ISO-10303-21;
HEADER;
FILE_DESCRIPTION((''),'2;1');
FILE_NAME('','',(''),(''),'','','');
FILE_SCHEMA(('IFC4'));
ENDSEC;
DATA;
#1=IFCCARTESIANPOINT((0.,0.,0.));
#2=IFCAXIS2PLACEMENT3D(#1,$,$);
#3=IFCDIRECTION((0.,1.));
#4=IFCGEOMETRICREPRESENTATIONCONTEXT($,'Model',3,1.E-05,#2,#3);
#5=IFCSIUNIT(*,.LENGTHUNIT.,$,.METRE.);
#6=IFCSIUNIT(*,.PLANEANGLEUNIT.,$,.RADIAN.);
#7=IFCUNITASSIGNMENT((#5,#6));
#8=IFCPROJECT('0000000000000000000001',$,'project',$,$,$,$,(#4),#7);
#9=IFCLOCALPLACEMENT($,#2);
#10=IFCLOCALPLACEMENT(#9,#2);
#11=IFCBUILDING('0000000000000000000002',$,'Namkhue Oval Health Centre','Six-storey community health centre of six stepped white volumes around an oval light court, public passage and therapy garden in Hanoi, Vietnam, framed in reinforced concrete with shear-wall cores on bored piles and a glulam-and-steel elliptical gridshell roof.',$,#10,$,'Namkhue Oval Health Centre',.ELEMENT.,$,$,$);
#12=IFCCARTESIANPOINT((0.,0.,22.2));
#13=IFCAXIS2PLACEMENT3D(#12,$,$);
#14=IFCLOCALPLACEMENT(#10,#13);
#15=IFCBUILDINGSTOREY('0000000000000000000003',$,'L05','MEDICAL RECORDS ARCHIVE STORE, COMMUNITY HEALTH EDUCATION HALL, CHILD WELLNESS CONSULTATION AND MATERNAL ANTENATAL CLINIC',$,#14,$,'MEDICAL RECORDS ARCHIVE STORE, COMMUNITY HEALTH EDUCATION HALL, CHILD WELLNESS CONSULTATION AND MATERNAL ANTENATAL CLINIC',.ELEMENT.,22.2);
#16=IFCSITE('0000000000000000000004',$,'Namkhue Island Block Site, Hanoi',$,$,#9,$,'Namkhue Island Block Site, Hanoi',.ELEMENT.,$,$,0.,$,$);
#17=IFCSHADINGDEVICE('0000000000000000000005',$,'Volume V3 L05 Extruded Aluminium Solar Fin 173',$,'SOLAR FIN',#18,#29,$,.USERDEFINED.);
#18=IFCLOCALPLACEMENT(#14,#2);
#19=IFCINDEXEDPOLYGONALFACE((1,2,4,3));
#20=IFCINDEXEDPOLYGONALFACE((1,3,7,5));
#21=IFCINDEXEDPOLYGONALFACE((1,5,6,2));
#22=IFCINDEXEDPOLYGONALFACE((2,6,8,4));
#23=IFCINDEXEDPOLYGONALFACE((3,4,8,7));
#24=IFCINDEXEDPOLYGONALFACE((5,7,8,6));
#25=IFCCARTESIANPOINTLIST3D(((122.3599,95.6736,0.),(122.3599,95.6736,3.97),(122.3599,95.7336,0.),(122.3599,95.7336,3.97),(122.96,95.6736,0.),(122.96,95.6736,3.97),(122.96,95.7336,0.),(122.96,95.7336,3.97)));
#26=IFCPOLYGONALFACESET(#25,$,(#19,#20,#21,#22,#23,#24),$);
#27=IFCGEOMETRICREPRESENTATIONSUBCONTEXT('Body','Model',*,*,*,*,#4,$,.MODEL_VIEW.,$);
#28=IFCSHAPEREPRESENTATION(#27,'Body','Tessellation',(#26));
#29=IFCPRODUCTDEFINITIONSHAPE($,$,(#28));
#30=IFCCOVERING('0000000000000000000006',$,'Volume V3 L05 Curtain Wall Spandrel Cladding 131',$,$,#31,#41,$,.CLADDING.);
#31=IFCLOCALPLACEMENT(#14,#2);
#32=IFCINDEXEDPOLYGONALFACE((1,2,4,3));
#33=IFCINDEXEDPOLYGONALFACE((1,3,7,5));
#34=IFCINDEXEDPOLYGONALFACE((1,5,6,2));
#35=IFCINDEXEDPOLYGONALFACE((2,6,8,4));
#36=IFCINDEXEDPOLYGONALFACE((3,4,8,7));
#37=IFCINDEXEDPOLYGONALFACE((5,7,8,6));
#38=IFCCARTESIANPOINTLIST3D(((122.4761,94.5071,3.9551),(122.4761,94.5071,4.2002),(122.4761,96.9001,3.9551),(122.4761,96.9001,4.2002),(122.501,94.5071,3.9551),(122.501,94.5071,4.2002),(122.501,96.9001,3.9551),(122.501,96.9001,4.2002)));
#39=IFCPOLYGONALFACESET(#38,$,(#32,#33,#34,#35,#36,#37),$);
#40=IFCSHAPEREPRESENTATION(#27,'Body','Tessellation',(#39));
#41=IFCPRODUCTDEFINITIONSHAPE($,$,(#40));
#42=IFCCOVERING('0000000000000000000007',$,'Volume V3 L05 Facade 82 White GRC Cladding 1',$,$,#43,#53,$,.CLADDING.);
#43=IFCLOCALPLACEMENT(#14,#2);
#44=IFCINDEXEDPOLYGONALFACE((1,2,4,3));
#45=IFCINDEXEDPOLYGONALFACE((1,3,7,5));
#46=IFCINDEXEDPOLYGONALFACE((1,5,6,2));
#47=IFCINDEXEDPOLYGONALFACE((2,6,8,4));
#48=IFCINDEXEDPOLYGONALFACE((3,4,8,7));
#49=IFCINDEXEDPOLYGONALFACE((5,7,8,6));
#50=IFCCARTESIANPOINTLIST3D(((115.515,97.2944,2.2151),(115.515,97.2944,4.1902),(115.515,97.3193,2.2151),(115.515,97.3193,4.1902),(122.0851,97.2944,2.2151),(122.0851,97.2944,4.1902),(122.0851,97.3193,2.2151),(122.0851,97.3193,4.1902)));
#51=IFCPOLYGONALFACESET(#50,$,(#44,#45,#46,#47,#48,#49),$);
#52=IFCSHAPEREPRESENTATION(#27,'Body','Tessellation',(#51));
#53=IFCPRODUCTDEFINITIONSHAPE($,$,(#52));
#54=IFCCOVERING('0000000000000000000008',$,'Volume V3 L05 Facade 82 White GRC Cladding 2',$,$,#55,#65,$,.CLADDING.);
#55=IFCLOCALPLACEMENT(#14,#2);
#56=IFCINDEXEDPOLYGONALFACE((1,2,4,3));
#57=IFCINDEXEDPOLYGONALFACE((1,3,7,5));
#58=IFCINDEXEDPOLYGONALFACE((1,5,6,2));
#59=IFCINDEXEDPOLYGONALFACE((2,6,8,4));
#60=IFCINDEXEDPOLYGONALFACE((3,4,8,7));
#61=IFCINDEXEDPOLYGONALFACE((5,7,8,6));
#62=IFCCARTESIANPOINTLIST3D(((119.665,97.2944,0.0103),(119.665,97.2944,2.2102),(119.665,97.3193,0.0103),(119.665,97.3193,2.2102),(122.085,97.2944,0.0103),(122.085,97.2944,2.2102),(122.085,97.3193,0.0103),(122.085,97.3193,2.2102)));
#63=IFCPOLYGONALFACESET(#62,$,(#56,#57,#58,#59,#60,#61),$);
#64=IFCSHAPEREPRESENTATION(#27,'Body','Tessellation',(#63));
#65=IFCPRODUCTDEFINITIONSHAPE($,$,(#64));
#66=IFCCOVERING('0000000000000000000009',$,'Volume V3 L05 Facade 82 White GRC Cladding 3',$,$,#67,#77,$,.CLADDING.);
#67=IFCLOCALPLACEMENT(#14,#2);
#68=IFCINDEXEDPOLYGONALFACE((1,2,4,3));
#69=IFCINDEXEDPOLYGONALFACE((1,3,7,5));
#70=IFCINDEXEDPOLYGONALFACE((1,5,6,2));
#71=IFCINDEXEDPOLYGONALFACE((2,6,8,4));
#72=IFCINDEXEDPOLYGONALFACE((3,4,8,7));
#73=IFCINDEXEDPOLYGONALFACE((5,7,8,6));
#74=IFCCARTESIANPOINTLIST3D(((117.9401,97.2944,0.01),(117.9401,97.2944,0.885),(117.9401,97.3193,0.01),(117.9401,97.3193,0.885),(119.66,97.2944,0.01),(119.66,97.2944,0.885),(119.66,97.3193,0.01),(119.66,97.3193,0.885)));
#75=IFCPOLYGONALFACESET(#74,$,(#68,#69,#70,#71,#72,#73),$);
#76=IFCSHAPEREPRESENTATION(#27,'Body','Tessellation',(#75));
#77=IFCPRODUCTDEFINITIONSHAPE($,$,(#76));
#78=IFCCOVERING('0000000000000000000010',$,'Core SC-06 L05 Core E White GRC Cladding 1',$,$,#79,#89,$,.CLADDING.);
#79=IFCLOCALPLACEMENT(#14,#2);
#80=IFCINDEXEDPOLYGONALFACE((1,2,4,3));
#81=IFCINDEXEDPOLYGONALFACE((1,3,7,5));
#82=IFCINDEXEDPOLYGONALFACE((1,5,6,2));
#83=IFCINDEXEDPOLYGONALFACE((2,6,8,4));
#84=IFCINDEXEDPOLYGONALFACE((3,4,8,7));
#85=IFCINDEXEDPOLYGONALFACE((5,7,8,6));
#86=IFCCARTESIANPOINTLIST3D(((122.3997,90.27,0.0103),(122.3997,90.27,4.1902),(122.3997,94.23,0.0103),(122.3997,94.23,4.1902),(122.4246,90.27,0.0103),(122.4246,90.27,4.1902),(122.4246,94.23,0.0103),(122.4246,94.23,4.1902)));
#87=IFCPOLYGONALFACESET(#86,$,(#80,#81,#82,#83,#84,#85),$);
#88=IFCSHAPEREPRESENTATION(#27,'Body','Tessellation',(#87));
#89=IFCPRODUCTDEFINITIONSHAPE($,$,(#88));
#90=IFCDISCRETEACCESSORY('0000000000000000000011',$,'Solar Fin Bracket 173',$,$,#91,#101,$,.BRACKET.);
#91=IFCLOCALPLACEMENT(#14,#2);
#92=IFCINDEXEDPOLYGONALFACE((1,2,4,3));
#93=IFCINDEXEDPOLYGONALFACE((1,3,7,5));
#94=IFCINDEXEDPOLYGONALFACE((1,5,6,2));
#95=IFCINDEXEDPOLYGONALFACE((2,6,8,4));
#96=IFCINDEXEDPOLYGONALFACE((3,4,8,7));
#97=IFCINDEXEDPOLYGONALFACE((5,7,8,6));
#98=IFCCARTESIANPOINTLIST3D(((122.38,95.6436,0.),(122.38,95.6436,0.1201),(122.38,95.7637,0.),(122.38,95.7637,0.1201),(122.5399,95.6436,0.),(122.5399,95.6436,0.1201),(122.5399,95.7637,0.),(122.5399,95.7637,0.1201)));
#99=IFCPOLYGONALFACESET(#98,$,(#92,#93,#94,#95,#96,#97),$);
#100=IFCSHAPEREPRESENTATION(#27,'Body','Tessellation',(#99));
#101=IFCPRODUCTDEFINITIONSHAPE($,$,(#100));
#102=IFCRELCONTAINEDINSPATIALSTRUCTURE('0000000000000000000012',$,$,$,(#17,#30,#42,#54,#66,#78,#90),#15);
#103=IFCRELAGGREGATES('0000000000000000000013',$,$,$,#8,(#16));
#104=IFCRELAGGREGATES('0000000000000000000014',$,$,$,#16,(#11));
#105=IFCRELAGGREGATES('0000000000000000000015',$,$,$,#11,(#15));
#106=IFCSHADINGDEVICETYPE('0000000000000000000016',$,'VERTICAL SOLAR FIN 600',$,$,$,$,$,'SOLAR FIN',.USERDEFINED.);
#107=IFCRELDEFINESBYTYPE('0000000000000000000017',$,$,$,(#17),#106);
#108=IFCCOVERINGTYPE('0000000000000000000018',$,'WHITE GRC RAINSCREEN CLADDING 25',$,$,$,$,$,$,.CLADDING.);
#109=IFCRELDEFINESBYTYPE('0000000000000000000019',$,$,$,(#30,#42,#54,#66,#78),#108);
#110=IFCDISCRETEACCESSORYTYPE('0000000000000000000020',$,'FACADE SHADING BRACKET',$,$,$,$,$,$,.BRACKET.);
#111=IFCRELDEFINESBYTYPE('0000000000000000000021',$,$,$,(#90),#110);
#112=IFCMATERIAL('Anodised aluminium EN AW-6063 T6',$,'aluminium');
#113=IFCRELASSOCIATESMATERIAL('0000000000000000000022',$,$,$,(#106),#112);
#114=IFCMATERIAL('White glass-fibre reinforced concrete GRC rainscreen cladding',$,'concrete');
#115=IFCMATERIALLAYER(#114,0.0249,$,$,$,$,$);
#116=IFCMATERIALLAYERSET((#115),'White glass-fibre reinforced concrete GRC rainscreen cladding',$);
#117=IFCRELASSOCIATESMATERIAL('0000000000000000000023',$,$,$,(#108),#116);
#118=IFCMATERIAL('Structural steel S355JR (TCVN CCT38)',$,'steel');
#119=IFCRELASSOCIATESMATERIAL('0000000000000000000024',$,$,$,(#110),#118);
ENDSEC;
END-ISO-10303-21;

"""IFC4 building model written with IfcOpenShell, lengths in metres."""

from ifc_helpers import new_model, si_unit, direction, frame, origin, origin_2d, place, context, subcontext, project, spatial, rectangle, extrude, material, layer, layer_set, type_object, element, save


model = new_model("IFC4")

# Units and contexts
model_context = context("Model", 3, precision=1e-05, world=origin(), true_north=direction((0.0, 1.0)))
body_context = subcontext(model_context, "Body", "Model", "MODEL_VIEW")
ifc_project = project(units=[si_unit("LENGTHUNIT", "METRE"), si_unit("PLANEANGLEUNIT", "RADIAN")], contexts=[model_context])

# Site, building, storey
site_placement = place(None, origin())
site = spatial("IfcSite", under=ifc_project, at=site_placement, Name="Namkhue Island Block Site, Hanoi", LongName="Namkhue Island Block Site, Hanoi", CompositionType="ELEMENT", RefElevation=0.0)
building_placement = place(site_placement, origin())
building = spatial("IfcBuilding", under=site, at=building_placement, Name="Namkhue Oval Health Centre", Description="Six-storey community health centre of six stepped white volumes around an oval light court, public passage and therapy garden in Hanoi, Vietnam, framed in reinforced concrete with shear-wall cores on bored piles and a glulam-and-steel elliptical gridshell roof.", LongName="Namkhue Oval Health Centre", CompositionType="ELEMENT")
storey_placement = place(building_placement, frame((0.0, 0.0, 22.2)))
storey = spatial("IfcBuildingStorey", under=building, at=storey_placement, Name="L05", Description="MEDICAL RECORDS ARCHIVE STORE, COMMUNITY HEALTH EDUCATION HALL, CHILD WELLNESS CONSULTATION AND MATERNAL ANTENATAL CLINIC", LongName="MEDICAL RECORDS ARCHIVE STORE, COMMUNITY HEALTH EDUCATION HALL, CHILD WELLNESS CONSULTATION AND MATERNAL ANTENATAL CLINIC", CompositionType="ELEMENT", Elevation=22.2)

# Shared definitions
ifc_material_1 = material(Name="Anodised aluminium EN AW-6063 T6", Category="aluminium")

# Shading device
shading_device_type_1 = type_object("IfcShadingDeviceType", Name="VERTICAL SOLAR FIN 600", ElementType="SOLAR FIN", PredefinedType="USERDEFINED", material=ifc_material_1)
shading_device_1_placement = place(storey_placement, frame((122.6599, 95.7036, 0.0), z_axis=(0.0, 0.0, 1.0), x_axis=(1.0, 0.0, 0.0)))
element("IfcShadingDevice", 1, at=shading_device_1_placement, inside=storey, type_object=shading_device_type_1, Name="Volume V3 L05 Extruded Aluminium Solar Fin 173", ObjectType="SOLAR FIN", PredefinedType="USERDEFINED", context=body_context, shape_type="SweptSolid", body=[
    extrude(rectangle(XDim=0.6001, YDim=0.0601, at=origin_2d()), origin(), (0.0, 0.0, 1.0), 3.97),
])

# Coverings
ifc_material_2 = material(Name="White glass-fibre reinforced concrete GRC rainscreen cladding", Category="concrete")
ifc_layer_1 = layer(ifc_material_2, 0.0249)
ifc_layer_set_1 = layer_set([ifc_layer_1], Name="White glass-fibre reinforced concrete GRC rainscreen cladding")
covering_type = type_object("IfcCoveringType", Name="WHITE GRC RAINSCREEN CLADDING 25", PredefinedType="CLADDING", material=ifc_layer_set_1)
covering_1_placement = place(storey_placement, frame((122.4885, 95.7036, 3.9551), z_axis=(0.0, 0.0, 1.0), x_axis=(0.0, 1.0, 0.0)))
element("IfcCovering", 2, at=covering_1_placement, inside=storey, type_object=covering_type, Name="Volume V3 L05 Curtain Wall Spandrel Cladding 131", PredefinedType="CLADDING", context=body_context, shape_type="SweptSolid", body=[
    extrude(rectangle(XDim=2.3931, YDim=0.0249, at=origin_2d()), origin(), (0.0, 0.0, 1.0), 0.2451),
])
covering_2_placement = place(storey_placement, frame((118.8, 97.3069, 2.2151), z_axis=(0.0, 0.0, 1.0), x_axis=(-1.0, 0.0, 0.0)))
element("IfcCovering", 3, at=covering_2_placement, inside=storey, type_object=covering_type, Name="Volume V3 L05 Facade 82 White GRC Cladding 1", PredefinedType="CLADDING", context=body_context, shape_type="SweptSolid", body=[
    extrude(rectangle(XDim=6.5701, YDim=0.0249, at=origin_2d()), origin(), (0.0, 0.0, 1.0), 1.9751),
])
covering_3_placement = place(storey_placement, frame((120.875, 97.3069, 0.0103), z_axis=(0.0, 0.0, 1.0), x_axis=(-1.0, 0.0, 0.0)))
element("IfcCovering", 4, at=covering_3_placement, inside=storey, type_object=covering_type, Name="Volume V3 L05 Facade 82 White GRC Cladding 2", PredefinedType="CLADDING", context=body_context, shape_type="SweptSolid", body=[
    extrude(rectangle(XDim=2.4199, YDim=0.0249, at=origin_2d()), origin(), (0.0, 0.0, 1.0), 2.2),
])
covering_4_placement = place(storey_placement, frame((118.8, 97.3069, 0.01), z_axis=(0.0, 0.0, 1.0), x_axis=(-1.0, 0.0, 0.0)))
element("IfcCovering", 5, at=covering_4_placement, inside=storey, type_object=covering_type, Name="Volume V3 L05 Facade 82 White GRC Cladding 3", PredefinedType="CLADDING", context=body_context, shape_type="SweptSolid", body=[
    extrude(rectangle(XDim=1.72, YDim=0.0249, at=origin_2d()), origin(), (0.0, 0.0, 1.0), 0.875),
])
covering_5_placement = place(storey_placement, frame((122.4121, 92.25, 0.0103), z_axis=(0.0, 0.0, 1.0), x_axis=(0.0, 1.0, 0.0)))
element("IfcCovering", 6, at=covering_5_placement, inside=storey, type_object=covering_type, Name="Core SC-06 L05 Core E White GRC Cladding 1", PredefinedType="CLADDING", context=body_context, shape_type="SweptSolid", body=[
    extrude(rectangle(XDim=3.96, YDim=0.0249, at=origin_2d()), origin(), (0.0, 0.0, 1.0), 4.1799),
])

# Discrete accessory
ifc_material_3 = material(Name="Structural steel S355JR (TCVN CCT38)", Category="steel")
discrete_accessory_type = type_object("IfcDiscreteAccessoryType", Name="FACADE SHADING BRACKET", PredefinedType="BRACKET", material=ifc_material_3)
discrete_accessory_placement = place(storey_placement, frame((122.46, 95.7036, 0.0), z_axis=(0.0, 0.0, 1.0), x_axis=(1.0, 0.0, 0.0)))
element("IfcDiscreteAccessory", 7, at=discrete_accessory_placement, inside=storey, type_object=discrete_accessory_type, Name="Solar Fin Bracket 173", PredefinedType="BRACKET", context=body_context, shape_type="SweptSolid", body=[
    extrude(rectangle(XDim=0.1599, YDim=0.1201, at=origin_2d()), origin(), (0.0, 0.0, 1.0), 0.1201),
])

save(model, "model.ifc")
